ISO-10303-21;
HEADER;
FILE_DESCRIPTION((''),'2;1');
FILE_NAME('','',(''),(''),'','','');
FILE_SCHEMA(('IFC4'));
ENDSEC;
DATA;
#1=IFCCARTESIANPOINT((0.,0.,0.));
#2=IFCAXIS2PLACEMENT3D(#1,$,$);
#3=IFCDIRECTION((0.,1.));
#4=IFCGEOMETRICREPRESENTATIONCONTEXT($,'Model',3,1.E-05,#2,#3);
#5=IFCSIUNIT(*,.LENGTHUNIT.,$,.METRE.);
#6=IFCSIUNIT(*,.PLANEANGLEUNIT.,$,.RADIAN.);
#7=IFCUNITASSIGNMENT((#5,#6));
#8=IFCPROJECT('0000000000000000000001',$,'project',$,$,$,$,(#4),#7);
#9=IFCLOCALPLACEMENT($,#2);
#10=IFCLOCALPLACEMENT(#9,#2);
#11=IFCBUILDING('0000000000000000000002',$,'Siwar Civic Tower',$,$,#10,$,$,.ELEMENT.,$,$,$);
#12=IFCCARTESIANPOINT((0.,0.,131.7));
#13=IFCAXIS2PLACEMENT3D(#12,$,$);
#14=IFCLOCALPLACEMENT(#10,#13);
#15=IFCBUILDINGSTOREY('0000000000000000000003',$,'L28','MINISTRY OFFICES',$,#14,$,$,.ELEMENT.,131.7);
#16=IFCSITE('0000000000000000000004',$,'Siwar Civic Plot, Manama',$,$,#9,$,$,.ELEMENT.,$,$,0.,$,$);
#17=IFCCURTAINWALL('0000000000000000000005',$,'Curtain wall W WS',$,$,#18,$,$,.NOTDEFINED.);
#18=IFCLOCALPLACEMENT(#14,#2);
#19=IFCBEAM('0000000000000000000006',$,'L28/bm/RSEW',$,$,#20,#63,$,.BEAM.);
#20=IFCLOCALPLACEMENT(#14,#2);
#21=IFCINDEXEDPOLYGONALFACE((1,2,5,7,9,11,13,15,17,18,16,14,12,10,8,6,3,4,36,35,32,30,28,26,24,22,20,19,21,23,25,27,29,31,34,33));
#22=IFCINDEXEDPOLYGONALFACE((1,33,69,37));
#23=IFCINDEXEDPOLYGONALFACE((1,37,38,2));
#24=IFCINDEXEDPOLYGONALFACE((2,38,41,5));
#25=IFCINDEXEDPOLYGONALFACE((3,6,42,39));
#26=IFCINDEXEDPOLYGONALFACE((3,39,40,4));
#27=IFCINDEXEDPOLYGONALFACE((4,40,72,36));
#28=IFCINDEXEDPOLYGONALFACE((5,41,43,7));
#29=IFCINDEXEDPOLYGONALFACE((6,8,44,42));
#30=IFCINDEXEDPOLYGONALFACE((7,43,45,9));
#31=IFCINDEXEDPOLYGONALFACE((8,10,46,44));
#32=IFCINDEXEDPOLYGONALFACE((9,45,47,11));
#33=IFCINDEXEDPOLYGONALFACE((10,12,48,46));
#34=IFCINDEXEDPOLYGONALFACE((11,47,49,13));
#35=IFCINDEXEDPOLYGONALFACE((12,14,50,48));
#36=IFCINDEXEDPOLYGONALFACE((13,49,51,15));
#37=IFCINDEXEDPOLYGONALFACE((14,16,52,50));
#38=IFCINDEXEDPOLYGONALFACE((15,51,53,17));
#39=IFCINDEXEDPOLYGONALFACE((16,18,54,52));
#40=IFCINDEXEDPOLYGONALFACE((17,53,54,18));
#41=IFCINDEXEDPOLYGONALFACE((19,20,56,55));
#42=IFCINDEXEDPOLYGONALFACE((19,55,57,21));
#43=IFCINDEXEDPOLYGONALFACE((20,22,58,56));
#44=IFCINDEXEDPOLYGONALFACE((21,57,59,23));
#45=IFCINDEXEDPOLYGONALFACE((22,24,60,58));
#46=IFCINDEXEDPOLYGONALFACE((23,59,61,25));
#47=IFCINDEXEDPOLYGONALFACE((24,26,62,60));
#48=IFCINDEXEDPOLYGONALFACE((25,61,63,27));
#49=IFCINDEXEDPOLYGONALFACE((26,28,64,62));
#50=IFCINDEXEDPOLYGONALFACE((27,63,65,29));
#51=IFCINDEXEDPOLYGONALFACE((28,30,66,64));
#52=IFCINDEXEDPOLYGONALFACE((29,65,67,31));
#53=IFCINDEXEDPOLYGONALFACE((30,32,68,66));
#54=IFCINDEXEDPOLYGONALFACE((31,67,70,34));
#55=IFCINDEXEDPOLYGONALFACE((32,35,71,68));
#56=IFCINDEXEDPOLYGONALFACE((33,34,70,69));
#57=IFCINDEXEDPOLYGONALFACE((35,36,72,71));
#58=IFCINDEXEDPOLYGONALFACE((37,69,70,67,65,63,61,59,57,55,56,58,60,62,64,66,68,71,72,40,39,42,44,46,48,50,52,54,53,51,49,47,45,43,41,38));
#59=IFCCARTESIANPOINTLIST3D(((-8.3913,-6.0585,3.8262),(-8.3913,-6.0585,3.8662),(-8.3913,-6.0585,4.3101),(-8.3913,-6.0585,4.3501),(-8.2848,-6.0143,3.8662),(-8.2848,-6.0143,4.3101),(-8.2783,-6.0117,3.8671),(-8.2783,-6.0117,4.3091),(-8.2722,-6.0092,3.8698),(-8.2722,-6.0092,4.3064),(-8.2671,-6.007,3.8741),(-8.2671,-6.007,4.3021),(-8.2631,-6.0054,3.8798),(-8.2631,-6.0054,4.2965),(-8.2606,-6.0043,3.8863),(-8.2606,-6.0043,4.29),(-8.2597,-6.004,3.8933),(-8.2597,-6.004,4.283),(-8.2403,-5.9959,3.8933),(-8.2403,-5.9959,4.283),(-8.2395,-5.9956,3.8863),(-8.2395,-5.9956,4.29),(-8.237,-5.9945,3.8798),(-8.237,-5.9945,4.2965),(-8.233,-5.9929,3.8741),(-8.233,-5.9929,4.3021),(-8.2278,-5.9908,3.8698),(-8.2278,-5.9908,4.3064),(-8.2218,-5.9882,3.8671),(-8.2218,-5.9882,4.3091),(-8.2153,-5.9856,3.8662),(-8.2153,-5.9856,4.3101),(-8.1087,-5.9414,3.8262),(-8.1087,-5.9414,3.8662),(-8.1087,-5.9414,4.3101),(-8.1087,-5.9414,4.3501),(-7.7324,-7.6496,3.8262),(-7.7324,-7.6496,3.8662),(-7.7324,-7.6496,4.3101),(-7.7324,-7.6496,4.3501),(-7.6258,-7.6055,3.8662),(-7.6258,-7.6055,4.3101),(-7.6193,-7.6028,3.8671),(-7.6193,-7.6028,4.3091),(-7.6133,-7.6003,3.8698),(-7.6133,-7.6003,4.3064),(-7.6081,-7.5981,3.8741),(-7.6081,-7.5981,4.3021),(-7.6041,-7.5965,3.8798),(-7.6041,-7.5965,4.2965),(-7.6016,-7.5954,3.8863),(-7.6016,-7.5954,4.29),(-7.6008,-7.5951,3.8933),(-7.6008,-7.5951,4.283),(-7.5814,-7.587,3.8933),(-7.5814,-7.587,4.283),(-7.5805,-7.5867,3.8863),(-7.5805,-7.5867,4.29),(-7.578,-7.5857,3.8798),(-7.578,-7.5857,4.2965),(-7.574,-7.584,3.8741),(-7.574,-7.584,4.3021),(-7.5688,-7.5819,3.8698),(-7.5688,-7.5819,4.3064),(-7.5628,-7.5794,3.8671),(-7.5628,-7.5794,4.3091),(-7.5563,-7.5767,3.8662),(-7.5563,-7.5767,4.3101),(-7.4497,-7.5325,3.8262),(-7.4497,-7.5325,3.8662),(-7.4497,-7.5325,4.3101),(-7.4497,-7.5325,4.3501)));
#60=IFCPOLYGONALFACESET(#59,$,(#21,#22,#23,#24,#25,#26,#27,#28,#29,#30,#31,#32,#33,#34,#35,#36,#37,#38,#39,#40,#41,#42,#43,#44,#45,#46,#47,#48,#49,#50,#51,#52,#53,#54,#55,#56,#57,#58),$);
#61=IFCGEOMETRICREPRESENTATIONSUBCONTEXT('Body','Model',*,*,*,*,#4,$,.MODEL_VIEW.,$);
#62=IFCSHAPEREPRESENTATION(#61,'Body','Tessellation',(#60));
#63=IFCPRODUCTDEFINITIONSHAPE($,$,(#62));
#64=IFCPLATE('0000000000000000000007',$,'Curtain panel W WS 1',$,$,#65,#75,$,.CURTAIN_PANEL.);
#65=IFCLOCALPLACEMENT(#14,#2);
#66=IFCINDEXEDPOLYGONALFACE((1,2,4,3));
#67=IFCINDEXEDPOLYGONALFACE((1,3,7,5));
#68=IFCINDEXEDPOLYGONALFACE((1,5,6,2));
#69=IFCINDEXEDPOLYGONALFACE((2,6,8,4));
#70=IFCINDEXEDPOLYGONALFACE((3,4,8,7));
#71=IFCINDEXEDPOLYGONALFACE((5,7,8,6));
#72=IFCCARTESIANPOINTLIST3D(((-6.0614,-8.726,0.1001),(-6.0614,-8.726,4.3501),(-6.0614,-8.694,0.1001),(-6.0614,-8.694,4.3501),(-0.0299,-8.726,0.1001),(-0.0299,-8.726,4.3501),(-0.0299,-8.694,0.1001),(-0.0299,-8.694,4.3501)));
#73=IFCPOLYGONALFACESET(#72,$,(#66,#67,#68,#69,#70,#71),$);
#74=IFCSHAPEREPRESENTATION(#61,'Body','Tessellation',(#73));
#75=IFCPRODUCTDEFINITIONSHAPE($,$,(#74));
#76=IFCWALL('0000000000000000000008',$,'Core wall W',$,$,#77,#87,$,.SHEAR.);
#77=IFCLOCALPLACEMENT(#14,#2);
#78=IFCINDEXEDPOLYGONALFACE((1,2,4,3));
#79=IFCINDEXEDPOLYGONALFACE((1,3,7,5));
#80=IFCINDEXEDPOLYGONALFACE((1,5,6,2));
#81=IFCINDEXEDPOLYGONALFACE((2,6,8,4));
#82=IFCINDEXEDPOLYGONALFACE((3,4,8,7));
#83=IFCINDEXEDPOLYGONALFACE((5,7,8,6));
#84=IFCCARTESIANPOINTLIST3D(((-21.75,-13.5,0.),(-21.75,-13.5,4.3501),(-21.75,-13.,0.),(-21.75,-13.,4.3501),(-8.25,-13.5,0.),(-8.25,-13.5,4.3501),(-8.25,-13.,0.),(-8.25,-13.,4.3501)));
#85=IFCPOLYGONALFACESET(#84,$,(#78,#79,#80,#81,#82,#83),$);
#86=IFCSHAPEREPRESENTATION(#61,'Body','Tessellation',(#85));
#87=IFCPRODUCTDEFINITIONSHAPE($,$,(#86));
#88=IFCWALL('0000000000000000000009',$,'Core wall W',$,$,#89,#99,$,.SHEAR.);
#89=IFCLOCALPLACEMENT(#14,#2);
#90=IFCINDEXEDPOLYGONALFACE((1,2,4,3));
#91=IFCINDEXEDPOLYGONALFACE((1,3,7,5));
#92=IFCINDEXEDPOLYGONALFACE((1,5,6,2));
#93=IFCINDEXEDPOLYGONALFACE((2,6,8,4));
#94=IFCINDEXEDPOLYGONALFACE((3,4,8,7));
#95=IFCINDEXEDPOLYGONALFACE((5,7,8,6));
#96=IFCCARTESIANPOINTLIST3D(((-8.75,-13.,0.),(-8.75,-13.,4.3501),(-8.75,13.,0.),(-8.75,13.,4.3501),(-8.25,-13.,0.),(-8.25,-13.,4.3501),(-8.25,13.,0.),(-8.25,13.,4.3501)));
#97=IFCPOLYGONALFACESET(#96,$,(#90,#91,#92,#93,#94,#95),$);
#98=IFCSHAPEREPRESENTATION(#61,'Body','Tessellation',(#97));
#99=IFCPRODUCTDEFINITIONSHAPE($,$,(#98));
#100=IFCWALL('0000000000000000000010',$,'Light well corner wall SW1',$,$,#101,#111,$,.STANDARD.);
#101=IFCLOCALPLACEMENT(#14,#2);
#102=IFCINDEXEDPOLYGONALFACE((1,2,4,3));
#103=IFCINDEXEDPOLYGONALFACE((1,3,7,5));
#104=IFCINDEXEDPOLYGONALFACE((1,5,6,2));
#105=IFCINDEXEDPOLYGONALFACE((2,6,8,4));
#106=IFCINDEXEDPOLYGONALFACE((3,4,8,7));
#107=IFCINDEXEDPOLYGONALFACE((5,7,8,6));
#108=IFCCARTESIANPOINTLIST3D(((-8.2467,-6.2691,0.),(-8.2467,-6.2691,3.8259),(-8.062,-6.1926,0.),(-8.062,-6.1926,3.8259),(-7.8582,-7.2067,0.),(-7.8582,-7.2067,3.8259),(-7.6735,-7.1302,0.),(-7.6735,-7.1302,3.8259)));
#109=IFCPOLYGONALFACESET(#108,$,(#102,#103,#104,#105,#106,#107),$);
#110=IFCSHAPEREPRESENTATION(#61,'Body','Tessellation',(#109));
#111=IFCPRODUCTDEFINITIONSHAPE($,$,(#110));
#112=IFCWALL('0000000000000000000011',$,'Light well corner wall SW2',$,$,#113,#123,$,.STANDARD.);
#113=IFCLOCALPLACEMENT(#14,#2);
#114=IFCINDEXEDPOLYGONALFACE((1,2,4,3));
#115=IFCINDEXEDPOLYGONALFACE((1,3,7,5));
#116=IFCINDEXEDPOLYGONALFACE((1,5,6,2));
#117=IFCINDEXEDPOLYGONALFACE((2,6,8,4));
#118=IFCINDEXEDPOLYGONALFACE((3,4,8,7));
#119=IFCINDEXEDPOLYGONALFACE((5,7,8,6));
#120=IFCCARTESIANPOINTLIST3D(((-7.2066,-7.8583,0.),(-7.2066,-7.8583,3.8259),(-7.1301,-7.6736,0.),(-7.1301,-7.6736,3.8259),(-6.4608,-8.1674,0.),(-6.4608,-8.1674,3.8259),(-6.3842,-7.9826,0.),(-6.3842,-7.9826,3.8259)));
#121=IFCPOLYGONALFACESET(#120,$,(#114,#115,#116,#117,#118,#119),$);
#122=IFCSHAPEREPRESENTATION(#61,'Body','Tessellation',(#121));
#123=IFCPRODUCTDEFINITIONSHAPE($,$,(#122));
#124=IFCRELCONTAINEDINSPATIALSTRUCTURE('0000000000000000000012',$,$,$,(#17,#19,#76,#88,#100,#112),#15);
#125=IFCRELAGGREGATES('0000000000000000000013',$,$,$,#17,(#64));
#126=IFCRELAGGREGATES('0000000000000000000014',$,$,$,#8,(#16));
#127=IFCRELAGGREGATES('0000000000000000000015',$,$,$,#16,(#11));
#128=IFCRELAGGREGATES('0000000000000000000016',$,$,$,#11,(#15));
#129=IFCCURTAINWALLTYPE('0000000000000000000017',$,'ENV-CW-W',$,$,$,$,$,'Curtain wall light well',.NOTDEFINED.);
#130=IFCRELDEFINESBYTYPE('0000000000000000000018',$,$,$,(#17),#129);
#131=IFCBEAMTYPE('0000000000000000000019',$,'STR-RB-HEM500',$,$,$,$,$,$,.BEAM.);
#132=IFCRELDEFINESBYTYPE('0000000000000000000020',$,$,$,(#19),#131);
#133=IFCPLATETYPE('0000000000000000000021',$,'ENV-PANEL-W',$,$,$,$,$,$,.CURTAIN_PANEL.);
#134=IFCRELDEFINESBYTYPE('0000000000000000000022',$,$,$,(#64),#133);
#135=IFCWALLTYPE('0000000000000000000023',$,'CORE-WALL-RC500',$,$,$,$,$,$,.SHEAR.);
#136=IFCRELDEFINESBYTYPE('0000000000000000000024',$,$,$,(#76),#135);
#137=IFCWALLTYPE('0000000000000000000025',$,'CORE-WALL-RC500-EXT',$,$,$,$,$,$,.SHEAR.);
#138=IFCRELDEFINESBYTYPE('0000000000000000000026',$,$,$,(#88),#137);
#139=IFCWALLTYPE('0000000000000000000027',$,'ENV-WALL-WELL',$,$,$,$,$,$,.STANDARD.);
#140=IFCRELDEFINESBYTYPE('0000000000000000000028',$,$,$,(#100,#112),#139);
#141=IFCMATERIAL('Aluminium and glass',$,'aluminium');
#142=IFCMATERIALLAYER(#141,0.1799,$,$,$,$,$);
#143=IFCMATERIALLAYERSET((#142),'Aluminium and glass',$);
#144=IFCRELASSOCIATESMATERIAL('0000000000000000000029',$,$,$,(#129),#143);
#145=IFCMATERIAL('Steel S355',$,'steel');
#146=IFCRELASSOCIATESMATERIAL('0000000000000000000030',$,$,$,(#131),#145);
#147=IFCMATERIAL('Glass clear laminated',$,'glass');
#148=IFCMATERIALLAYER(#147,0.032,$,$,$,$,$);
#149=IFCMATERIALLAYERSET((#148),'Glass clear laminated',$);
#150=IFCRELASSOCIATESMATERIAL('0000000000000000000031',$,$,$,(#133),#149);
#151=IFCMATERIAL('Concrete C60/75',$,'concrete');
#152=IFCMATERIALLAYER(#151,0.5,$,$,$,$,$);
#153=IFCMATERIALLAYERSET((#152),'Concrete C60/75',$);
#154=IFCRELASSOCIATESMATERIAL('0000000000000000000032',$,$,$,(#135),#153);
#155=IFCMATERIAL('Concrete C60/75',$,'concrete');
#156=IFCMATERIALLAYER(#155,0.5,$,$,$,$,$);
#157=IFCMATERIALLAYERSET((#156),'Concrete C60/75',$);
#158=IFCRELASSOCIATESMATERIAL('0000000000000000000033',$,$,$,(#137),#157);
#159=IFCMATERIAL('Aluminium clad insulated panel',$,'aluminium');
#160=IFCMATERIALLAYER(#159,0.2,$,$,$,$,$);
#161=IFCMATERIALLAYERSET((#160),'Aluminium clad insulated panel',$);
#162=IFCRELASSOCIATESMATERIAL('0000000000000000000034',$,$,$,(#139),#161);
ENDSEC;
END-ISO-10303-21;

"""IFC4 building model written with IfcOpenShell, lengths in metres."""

from ifc_helpers import new_model, si_unit, direction, frame, frame_2d, origin, origin_2d, place, context, subcontext, project, spatial, rectangle, i_section, extrude, material, layer, layer_set, material_profile, profile_set, type_object, element, aggregate, save


model = new_model("IFC4")

# Units and contexts
model_context = context("Model", 3, precision=1e-05, world=origin(), true_north=direction((0.0, 1.0)))
body_context = subcontext(model_context, "Body", "Model", "MODEL_VIEW")
ifc_project = project(units=[si_unit("LENGTHUNIT", "METRE"), si_unit("PLANEANGLEUNIT", "RADIAN")], contexts=[model_context])

# Site, building, storey
site_placement = place(None, origin())
site = spatial("IfcSite", under=ifc_project, at=site_placement, Name="Siwar Civic Plot, Manama", CompositionType="ELEMENT", RefElevation=0.0)
building_placement = place(site_placement, origin())
building = spatial("IfcBuilding", under=site, at=building_placement, Name="Siwar Civic Tower", CompositionType="ELEMENT")
storey_placement = place(building_placement, frame((0.0, 0.0, 131.7)))
storey = spatial("IfcBuildingStorey", under=building, at=storey_placement, Name="L28", Description="MINISTRY OFFICES", CompositionType="ELEMENT", Elevation=131.7)

# Curtain wall
ifc_material_1 = material(Name="Aluminium and glass", Category="aluminium")
ifc_layer_1 = layer(ifc_material_1, 0.1799)
ifc_layer_set_1 = layer_set([ifc_layer_1], Name="Aluminium and glass")
curtain_wall_type = type_object("IfcCurtainWallType", Name="ENV-CW-W", ElementType="Curtain wall light well", PredefinedType="NOTDEFINED", material=ifc_layer_set_1)
curtain_wall_placement = place(storey_placement, origin())
curtain_wall = element("IfcCurtainWall", 1, at=curtain_wall_placement, inside=storey, type_object=curtain_wall_type, Name="Curtain wall W WS", PredefinedType="NOTDEFINED")

# Beam
ifc_material_2 = material(Name="Steel S355", Category="steel")
ifc_material_profile_1 = material_profile(ifc_material_2, i_section(OverallWidth=0.3059, OverallDepth=0.5239, WebThickness=0.021, FlangeThickness=0.04, FilletRadius=0.0271, at=origin_2d()), Name="HEM500")
ifc_profile_set_1 = profile_set([ifc_material_profile_1], Name="Steel S355")
beam_type = type_object("IfcBeamType", Name="STR-RB-HEM500", PredefinedType="BEAM", material=ifc_profile_set_1)
beam_1_placement = place(storey_placement, frame((-7.5911, -7.5911, 4.0881), z_axis=(-0.382631, 0.923901, 0.0), x_axis=(-0.923901, -0.382631, 0.0)))
element("IfcBeam", 2, at=beam_1_placement, inside=storey, type_object=beam_type, Name="L28/bm/RSEW", PredefinedType="BEAM", context=body_context, shape_type="SweptSolid", body=[
    extrude(i_section(OverallWidth=0.3059, OverallDepth=0.5239, WebThickness=0.021, FlangeThickness=0.04, FilletRadius=0.0271, at=origin_2d()), origin(), (0.0, 0.0, 1.0), 1.7222),
])

# Plate
ifc_material_3 = material(Name="Glass clear laminated", Category="glass")
ifc_layer_2 = layer(ifc_material_3, 0.032)
ifc_layer_set_2 = layer_set([ifc_layer_2], Name="Glass clear laminated")
plate_type = type_object("IfcPlateType", Name="ENV-PANEL-W", PredefinedType="CURTAIN_PANEL", material=ifc_layer_set_2)
plate_placement = place(storey_placement, frame((-3.0457, -8.71, 0.1001), z_axis=(0.0, 0.0, 1.0), x_axis=(1.0, 0.0, 0.0)))
plate = element("IfcPlate", 3, at=plate_placement, type_object=plate_type, Name="Curtain panel W WS 1", PredefinedType="CURTAIN_PANEL", context=body_context, shape_type="SweptSolid", body=[
    extrude(rectangle(XDim=6.0315, YDim=0.032, at=origin_2d()), origin(), (0.0, 0.0, 1.0), 4.25),
])
aggregate(curtain_wall, [plate])

# Walls
ifc_material_4 = material(Name="Concrete C60/75", Category="concrete")
ifc_layer_3 = layer(ifc_material_4, 0.5)
ifc_layer_set_3 = layer_set([ifc_layer_3], Name="Concrete C60/75")
wall_type_1 = type_object("IfcWallType", Name="CORE-WALL-RC500", PredefinedType="SHEAR", material=ifc_layer_set_3)
wall_1_placement = place(storey_placement, frame((-8.25, -13.25, 0.0), z_axis=(0.0, 0.0, 1.0), x_axis=(-1.0, 0.0, 0.0)))
element("IfcWall", 4, at=wall_1_placement, inside=storey, type_object=wall_type_1, Name="Core wall W", PredefinedType="SHEAR", context=body_context, shape_type="SweptSolid", body=[
    extrude(rectangle(XDim=13.5, YDim=0.5, at=frame_2d((6.75, 0.0))), origin(), (0.0, 0.0, 1.0), 4.3501),
])
ifc_material_5 = material(Name="Concrete C60/75", Category="concrete")
ifc_layer_4 = layer(ifc_material_5, 0.5)
ifc_layer_set_4 = layer_set([ifc_layer_4], Name="Concrete C60/75")
wall_type_2 = type_object("IfcWallType", Name="CORE-WALL-RC500-EXT", PredefinedType="SHEAR", material=ifc_layer_set_4)
wall_2_placement = place(storey_placement, frame((-8.5, -13.0, 0.0), z_axis=(0.0, 0.0, 1.0), x_axis=(0.0, 1.0, 0.0)))
element("IfcWall", 5, at=wall_2_placement, inside=storey, type_object=wall_type_2, Name="Core wall W", PredefinedType="SHEAR", context=body_context, shape_type="SweptSolid", body=[
    extrude(rectangle(XDim=26.0, YDim=0.5, at=frame_2d((13.0, 0.0))), origin(), (0.0, 0.0, 1.0), 4.3501),
])
ifc_material_6 = material(Name="Aluminium clad insulated panel", Category="aluminium")
ifc_layer_5 = layer(ifc_material_6, 0.2)
ifc_layer_set_5 = layer_set([ifc_layer_5], Name="Aluminium clad insulated panel")
wall_type_3 = type_object("IfcWallType", Name="ENV-WALL-WELL", PredefinedType="STANDARD", material=ifc_layer_set_5)
wall_3_placement = place(storey_placement, frame((-8.1543, -6.231, 0.0), z_axis=(0.0, 0.0, 1.0), x_axis=(0.38277, -0.923844, 0.0)))
element("IfcWall", 6, at=wall_3_placement, inside=storey, type_object=wall_type_3, Name="Light well corner wall SW1", PredefinedType="STANDARD", context=body_context, shape_type="SweptSolid", body=[
    extrude(rectangle(XDim=1.0149, YDim=0.2, at=frame_2d((0.5073, 0.0))), origin(), (0.0, 0.0, 1.0), 3.8259),
])
wall_4_placement = place(storey_placement, frame((-7.1685, -7.7659, 0.0), z_axis=(0.0, 0.0, 1.0), x_axis=(0.923818, -0.382833, 0.0)))
element("IfcWall", 7, at=wall_4_placement, inside=storey, type_object=wall_type_3, Name="Light well corner wall SW2", PredefinedType="STANDARD", context=body_context, shape_type="SweptSolid", body=[
    extrude(rectangle(XDim=0.8074, YDim=0.2, at=frame_2d((0.4038, 0.0))), origin(), (0.0, 0.0, 1.0), 3.8259),
])

save(model, "model.ifc")
